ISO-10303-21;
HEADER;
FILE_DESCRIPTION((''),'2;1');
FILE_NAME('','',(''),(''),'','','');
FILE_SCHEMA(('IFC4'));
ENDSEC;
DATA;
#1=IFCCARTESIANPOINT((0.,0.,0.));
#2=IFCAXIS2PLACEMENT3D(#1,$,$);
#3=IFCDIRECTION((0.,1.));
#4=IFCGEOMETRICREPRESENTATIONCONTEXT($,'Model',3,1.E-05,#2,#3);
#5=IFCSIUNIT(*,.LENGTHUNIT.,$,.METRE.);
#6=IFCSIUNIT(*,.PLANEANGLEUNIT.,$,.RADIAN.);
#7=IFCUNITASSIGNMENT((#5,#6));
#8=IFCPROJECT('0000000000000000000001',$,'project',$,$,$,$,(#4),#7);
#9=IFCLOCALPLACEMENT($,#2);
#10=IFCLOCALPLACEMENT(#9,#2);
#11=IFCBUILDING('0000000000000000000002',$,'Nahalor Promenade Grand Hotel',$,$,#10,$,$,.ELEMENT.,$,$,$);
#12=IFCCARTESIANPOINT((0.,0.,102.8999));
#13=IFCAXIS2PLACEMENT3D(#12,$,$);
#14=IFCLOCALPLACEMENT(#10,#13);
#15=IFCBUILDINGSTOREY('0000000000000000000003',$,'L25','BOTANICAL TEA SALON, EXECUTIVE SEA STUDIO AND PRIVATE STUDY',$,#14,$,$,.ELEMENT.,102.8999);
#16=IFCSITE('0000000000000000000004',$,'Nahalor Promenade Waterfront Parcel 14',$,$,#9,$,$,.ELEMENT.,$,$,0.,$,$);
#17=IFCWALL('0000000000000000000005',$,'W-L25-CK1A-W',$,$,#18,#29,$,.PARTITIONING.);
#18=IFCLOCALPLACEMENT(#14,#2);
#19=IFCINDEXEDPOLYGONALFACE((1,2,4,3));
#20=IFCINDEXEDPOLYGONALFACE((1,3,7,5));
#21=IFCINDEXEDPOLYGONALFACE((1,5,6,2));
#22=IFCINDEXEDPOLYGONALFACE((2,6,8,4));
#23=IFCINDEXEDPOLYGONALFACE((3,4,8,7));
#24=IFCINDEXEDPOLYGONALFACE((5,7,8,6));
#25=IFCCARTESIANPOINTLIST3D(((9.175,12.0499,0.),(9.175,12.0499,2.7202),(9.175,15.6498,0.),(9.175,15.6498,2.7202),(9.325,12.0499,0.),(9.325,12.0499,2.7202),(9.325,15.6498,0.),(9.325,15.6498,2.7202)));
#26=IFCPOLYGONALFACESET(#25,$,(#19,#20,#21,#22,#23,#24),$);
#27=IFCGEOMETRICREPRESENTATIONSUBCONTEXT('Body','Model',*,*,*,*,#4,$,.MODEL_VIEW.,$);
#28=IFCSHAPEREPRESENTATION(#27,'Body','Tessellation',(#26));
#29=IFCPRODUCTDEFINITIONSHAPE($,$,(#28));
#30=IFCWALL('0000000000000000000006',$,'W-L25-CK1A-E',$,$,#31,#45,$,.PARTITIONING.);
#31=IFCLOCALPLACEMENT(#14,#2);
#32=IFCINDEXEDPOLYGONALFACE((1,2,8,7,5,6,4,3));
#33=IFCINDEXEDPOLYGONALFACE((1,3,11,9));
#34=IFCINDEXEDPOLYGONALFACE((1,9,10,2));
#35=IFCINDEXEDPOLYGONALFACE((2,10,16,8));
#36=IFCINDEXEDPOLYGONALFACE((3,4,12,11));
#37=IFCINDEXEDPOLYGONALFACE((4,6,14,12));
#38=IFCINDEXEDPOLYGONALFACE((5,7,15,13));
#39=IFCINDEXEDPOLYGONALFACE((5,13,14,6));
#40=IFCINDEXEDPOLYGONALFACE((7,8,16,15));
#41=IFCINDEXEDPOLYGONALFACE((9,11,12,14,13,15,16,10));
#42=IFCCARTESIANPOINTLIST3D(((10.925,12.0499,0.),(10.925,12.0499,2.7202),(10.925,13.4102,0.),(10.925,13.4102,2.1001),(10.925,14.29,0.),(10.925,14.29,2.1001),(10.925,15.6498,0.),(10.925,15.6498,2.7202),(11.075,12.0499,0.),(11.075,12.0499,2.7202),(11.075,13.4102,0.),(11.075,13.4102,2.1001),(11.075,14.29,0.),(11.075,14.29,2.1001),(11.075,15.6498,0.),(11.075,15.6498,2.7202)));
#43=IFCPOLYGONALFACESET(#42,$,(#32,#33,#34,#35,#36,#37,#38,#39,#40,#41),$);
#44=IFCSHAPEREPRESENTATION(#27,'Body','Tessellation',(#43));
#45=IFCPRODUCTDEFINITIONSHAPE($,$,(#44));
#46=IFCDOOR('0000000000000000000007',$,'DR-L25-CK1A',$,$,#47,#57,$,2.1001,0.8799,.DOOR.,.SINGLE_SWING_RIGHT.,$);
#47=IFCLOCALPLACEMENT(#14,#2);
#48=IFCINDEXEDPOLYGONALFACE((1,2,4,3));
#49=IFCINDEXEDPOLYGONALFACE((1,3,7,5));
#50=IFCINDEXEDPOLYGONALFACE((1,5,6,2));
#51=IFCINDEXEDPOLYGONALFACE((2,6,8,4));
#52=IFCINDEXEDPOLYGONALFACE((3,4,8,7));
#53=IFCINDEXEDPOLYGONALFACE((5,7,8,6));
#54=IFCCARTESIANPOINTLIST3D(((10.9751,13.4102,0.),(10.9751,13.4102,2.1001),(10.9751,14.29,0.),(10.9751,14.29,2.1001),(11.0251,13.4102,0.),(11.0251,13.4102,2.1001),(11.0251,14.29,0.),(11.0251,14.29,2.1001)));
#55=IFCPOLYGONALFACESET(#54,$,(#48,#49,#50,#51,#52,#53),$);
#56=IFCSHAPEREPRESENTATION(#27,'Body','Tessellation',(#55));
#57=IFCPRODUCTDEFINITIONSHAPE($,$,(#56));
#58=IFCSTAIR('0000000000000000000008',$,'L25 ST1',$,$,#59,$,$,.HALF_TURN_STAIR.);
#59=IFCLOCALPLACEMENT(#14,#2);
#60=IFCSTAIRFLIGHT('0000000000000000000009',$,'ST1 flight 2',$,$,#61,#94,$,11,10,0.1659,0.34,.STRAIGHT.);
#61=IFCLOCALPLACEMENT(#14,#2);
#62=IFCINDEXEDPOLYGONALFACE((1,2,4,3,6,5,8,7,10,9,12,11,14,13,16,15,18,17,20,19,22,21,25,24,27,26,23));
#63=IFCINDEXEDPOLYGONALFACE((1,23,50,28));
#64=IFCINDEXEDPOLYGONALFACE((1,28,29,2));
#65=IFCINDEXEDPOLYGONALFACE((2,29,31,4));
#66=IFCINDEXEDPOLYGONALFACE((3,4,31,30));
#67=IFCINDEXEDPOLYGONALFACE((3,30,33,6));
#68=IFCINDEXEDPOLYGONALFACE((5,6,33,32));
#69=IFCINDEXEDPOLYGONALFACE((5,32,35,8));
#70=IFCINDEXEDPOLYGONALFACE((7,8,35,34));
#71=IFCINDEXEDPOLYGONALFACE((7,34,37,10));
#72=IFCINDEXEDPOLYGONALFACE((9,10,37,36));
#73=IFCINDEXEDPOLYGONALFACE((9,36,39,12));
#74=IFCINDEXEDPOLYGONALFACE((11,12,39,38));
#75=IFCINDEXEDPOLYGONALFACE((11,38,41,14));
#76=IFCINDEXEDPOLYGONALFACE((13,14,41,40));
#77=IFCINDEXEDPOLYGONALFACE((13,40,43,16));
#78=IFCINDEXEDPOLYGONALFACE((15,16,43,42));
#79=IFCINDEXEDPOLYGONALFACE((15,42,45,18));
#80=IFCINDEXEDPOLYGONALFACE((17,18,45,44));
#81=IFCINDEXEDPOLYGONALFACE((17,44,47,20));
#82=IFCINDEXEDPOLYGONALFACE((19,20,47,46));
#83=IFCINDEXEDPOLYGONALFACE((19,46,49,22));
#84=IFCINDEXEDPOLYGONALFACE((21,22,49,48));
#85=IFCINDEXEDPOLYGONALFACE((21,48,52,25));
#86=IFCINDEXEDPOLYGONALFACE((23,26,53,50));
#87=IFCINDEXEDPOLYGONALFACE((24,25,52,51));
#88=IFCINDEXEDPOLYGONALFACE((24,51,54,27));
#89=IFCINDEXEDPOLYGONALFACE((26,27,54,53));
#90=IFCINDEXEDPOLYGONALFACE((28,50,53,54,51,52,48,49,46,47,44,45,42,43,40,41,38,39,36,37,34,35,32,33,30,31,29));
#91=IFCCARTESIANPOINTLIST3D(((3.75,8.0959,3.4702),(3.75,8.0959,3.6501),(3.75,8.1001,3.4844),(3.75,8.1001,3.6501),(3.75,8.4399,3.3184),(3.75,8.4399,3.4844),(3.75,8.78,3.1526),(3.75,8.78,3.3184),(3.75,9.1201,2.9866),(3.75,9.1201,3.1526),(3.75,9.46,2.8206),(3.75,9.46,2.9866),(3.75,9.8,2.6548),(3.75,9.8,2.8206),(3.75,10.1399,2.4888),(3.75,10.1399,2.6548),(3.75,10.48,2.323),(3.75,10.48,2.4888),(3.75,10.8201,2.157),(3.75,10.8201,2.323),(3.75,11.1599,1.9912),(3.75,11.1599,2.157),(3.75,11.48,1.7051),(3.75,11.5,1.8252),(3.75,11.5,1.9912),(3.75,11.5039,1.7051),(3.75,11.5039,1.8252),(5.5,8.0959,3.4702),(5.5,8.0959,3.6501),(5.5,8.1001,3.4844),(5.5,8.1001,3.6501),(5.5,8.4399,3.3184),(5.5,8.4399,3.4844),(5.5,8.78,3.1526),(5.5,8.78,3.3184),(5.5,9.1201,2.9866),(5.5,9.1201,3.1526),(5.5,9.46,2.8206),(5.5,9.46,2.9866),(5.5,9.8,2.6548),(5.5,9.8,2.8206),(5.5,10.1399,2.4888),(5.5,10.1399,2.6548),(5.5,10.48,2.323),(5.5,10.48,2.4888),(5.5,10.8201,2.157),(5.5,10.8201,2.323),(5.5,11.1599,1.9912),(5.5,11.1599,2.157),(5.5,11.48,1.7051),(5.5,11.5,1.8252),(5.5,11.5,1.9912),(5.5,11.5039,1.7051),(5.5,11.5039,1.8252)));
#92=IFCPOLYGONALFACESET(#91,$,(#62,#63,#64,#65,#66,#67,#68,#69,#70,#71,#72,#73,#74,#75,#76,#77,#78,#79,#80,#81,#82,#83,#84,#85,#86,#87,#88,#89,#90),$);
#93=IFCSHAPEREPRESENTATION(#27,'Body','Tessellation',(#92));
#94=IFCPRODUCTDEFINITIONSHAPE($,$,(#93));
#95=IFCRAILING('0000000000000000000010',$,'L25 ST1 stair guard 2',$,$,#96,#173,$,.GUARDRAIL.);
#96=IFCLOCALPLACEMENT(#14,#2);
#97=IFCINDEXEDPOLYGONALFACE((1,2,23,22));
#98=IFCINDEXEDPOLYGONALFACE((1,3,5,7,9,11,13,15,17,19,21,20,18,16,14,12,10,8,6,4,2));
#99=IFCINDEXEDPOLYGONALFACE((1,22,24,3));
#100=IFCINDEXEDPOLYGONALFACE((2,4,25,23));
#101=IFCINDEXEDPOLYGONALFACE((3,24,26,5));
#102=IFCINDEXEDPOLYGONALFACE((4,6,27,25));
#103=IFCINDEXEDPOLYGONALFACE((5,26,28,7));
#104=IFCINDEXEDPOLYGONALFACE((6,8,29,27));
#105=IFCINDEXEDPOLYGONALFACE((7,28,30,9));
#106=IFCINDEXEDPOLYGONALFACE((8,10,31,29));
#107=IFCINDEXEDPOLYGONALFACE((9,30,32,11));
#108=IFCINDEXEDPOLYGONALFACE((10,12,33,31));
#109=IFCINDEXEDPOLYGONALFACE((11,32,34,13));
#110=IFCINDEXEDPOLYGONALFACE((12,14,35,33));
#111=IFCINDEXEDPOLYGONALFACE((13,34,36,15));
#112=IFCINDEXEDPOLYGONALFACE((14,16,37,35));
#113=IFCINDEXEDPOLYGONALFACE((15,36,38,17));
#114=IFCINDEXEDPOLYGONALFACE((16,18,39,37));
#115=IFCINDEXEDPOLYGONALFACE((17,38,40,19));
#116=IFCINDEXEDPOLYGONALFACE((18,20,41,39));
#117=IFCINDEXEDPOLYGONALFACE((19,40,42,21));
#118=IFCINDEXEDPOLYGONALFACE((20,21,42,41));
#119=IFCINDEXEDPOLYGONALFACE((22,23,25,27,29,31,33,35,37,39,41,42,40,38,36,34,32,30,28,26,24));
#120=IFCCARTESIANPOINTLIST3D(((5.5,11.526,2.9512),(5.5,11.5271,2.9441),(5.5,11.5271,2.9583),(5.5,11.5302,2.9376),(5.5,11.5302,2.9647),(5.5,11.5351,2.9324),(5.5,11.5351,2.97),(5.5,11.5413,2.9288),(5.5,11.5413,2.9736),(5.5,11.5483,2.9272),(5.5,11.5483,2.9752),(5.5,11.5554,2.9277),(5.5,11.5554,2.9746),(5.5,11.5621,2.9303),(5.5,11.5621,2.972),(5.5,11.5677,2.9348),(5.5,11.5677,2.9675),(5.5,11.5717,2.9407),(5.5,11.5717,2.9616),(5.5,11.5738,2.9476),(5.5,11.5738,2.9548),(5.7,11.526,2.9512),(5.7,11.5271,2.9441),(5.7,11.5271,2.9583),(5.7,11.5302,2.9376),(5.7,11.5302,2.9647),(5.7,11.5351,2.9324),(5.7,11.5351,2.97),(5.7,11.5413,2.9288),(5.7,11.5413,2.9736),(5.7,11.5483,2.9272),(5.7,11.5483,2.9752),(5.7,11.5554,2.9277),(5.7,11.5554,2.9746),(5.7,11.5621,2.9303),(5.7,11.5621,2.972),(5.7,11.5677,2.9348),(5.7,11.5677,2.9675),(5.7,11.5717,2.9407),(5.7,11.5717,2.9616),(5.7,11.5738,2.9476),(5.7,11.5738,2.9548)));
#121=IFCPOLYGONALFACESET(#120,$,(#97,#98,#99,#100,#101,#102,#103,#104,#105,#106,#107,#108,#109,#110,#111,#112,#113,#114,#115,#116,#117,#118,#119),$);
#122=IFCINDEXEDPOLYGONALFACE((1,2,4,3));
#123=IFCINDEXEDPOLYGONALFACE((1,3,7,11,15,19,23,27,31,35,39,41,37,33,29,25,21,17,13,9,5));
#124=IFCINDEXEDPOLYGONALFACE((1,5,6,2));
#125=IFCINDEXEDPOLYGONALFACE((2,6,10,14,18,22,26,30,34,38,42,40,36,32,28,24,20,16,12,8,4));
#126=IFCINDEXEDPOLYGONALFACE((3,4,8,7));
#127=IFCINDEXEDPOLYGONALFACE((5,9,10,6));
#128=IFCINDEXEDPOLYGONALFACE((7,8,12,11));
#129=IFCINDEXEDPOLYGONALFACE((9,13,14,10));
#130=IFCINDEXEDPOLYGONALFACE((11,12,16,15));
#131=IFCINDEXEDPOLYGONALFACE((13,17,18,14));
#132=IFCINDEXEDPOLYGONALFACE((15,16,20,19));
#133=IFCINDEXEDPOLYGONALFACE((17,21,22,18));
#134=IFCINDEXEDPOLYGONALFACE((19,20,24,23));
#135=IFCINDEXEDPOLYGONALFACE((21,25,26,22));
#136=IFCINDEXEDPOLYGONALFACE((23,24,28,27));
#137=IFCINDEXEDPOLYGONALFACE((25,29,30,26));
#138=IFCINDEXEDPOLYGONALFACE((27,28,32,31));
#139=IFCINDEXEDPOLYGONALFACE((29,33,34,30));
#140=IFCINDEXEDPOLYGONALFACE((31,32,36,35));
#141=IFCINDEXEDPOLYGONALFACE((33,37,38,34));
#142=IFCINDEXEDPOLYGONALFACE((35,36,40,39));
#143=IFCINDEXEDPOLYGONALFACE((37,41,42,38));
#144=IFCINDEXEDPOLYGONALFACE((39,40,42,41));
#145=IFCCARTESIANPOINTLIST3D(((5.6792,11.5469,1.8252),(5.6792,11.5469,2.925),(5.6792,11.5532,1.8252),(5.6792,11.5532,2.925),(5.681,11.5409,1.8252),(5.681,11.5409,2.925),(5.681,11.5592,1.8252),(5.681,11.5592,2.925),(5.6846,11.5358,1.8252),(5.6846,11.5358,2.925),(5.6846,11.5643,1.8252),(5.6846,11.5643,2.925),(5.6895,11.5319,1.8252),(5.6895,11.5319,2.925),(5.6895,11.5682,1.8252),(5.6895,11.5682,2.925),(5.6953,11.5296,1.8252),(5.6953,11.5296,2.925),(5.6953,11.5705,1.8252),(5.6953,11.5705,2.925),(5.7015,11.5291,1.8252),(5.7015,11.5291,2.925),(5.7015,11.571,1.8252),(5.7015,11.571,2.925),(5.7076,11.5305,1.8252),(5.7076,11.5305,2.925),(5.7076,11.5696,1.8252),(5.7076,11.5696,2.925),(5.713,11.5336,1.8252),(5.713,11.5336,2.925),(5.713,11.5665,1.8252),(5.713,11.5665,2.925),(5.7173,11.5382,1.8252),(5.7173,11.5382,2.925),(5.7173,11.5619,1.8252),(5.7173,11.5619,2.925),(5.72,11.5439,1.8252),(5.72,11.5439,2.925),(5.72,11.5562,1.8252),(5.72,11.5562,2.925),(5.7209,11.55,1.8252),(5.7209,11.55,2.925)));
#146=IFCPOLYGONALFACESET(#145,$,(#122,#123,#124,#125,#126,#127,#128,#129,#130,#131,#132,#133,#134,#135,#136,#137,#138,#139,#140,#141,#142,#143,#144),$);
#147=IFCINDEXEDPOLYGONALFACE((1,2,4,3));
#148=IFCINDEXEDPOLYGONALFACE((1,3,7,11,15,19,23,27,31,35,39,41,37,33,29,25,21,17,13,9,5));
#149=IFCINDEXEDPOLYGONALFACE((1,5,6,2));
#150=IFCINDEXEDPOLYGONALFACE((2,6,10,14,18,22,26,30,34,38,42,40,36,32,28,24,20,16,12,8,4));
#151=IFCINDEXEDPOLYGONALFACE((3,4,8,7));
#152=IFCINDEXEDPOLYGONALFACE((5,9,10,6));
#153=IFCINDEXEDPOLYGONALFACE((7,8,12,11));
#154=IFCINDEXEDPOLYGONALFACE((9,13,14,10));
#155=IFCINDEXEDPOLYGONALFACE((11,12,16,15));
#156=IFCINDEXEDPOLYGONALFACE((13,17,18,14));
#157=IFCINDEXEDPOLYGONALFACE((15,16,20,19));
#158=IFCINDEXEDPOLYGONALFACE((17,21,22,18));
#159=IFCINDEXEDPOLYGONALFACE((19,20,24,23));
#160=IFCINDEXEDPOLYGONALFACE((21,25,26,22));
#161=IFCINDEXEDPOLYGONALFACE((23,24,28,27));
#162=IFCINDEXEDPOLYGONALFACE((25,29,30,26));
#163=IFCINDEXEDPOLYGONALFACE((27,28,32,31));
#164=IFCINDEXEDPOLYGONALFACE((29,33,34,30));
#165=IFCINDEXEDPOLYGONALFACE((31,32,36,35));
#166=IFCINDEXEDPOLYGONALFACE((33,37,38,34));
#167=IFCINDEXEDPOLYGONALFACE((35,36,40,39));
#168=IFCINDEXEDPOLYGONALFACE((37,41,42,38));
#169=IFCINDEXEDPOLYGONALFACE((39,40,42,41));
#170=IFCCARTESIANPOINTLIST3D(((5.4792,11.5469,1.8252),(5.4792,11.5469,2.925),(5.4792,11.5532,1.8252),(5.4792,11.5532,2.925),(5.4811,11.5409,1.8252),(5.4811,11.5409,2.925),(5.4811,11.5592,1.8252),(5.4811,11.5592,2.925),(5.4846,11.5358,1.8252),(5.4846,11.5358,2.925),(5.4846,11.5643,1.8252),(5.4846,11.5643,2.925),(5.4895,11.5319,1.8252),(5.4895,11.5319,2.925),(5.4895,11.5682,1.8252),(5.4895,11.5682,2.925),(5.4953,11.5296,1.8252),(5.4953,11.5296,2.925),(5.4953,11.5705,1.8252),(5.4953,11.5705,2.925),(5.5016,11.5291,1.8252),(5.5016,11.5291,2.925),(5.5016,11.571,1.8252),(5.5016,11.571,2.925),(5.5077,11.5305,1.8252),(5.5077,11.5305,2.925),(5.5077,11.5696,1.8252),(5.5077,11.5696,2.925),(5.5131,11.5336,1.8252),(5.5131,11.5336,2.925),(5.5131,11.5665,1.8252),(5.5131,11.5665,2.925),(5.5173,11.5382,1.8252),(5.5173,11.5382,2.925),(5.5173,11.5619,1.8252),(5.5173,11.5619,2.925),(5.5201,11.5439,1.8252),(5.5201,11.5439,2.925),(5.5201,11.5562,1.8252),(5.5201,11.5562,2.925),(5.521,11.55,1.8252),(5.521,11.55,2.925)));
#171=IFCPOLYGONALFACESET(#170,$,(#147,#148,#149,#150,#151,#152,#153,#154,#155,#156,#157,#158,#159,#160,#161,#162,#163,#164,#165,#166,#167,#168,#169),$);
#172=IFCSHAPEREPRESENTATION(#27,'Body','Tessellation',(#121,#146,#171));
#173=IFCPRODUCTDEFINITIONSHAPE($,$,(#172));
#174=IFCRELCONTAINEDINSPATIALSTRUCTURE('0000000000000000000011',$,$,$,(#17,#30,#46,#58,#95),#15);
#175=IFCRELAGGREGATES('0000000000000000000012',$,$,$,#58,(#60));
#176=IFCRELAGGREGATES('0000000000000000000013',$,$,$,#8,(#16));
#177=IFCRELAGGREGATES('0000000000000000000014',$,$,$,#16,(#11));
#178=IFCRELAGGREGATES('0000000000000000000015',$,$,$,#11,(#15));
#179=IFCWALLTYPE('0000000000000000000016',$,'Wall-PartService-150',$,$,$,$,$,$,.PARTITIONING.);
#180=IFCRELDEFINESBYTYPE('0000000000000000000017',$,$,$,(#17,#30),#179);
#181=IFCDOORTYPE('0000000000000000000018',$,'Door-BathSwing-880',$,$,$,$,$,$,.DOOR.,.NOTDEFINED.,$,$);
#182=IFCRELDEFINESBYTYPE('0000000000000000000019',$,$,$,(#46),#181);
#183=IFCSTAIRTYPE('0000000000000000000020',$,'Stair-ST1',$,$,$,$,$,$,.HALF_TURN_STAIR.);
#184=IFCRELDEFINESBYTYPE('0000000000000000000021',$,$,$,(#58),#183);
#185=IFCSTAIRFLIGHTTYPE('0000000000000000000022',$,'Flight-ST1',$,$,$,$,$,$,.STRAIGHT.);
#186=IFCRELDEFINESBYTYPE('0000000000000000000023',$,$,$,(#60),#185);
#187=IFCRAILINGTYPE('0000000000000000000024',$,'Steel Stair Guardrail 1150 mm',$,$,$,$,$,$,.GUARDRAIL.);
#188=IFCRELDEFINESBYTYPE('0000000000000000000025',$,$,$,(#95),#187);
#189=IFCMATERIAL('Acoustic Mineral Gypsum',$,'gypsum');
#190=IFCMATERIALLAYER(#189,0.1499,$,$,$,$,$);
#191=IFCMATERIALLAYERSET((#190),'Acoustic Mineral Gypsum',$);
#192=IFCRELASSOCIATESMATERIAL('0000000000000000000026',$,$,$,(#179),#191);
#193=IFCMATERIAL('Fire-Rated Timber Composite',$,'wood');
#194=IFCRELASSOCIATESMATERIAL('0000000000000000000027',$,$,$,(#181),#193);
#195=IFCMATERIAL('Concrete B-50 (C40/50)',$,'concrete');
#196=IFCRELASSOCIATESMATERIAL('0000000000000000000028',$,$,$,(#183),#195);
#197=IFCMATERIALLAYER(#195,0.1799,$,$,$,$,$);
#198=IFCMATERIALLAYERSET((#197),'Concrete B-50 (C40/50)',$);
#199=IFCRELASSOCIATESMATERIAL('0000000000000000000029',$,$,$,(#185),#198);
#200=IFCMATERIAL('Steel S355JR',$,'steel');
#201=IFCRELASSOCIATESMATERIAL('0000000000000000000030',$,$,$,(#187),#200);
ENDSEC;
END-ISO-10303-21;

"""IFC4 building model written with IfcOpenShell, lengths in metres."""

from ifc_helpers import new_model, si_unit, direction, frame, frame_2d, origin, origin_2d, place, context, subcontext, project, spatial, polyline, rectangle, circle, outline, extrude, source, transform, mapped, material, layer, layer_set, type_object, element, fill, aggregate, save


model = new_model("IFC4")

# Units and contexts
model_context = context("Model", 3, precision=1e-05, world=origin(), true_north=direction((0.0, 1.0)))
body_context = subcontext(model_context, "Body", "Model", "MODEL_VIEW")
ifc_project = project(units=[si_unit("LENGTHUNIT", "METRE"), si_unit("PLANEANGLEUNIT", "RADIAN")], contexts=[model_context])

# Site, building, storey
site_placement = place(None, origin())
site = spatial("IfcSite", under=ifc_project, at=site_placement, Name="Nahalor Promenade Waterfront Parcel 14", CompositionType="ELEMENT", RefElevation=0.0)
building_placement = place(site_placement, origin())
building = spatial("IfcBuilding", under=site, at=building_placement, Name="Nahalor Promenade Grand Hotel", CompositionType="ELEMENT")
storey_placement = place(building_placement, frame((0.0, 0.0, 102.8999)))
storey = spatial("IfcBuildingStorey", under=building, at=storey_placement, Name="L25", Description="BOTANICAL TEA SALON, EXECUTIVE SEA STUDIO AND PRIVATE STUDY", CompositionType="ELEMENT", Elevation=102.8999)

# Shared definitions
ifc_material_1 = material(Name="Steel S355JR", Category="steel")

# Shared definitions
ifc_material_2 = material(Name="Concrete B-50 (C40/50)", Category="concrete")

# Wall
ifc_material_3 = material(Name="Acoustic Mineral Gypsum", Category="gypsum")
ifc_layer_1 = layer(ifc_material_3, 0.1499)
ifc_layer_set_1 = layer_set([ifc_layer_1], Name="Acoustic Mineral Gypsum")
wall_type_1 = type_object("IfcWallType", Name="Wall-PartService-150", PredefinedType="PARTITIONING", material=ifc_layer_set_1)
shared_shape_1 = source(origin(), body_context, "Body", "SweptSolid", [
    extrude(rectangle(XDim=3.5999, YDim=0.1499, at=frame_2d((1.7998, 0.0))), origin(), (0.0, 0.0, 1.0), 2.7202),
])
wall_1_placement = place(storey_placement, frame((9.25, 12.05, 0.0), z_axis=(0.0, 0.0, 1.0), x_axis=(0.0, 1.0, 0.0)))
element("IfcWall", 1, at=wall_1_placement, inside=storey, type_object=wall_type_1, Name="W-L25-CK1A-W", PredefinedType="PARTITIONING", context=body_context, shape_type="MappedRepresentation", body=[
    mapped(shared_shape_1, transform((0.0, 0.0, 0.0), scale=1.0)),
])

# Wall, opening, door
wall_2_placement = place(storey_placement, frame((11.0, 12.05, 0.0), z_axis=(0.0, 0.0, 1.0), x_axis=(0.0, 1.0, 0.0)))
wall_2 = element("IfcWall", 2, at=wall_2_placement, inside=storey, type_object=wall_type_1, Name="W-L25-CK1A-E", PredefinedType="PARTITIONING", context=body_context, shape_type="MappedRepresentation", body=[
    mapped(shared_shape_1, transform((0.0, 0.0, 0.0), scale=1.0)),
])
opening_1_placement = place(wall_2_placement, frame((1.3601, 0.0, 0.0)))
opening_1 = element("IfcOpeningElement", 3, at=opening_1_placement, cuts=wall_2, PredefinedType="OPENING", context=body_context, shape_type="SweptSolid", body=[
    extrude(rectangle(XDim=0.8799, YDim=2.1001, at=frame_2d((0.4399, 1.05))), frame((0.0, 0.085, 0.0), z_axis=(0.0, -1.0, 0.0), x_axis=(1.0, 0.0, 0.0)), (0.0, 0.0, 1.0), 0.1699),
])
ifc_material_4 = material(Name="Fire-Rated Timber Composite", Category="wood")
door_type_1 = type_object("IfcDoorType", Name="Door-BathSwing-880", OperationType="NOTDEFINED", PredefinedType="DOOR", material=ifc_material_4)
shared_shape_2 = source(origin(), body_context, "Body", "SweptSolid", [
    extrude(rectangle(XDim=0.8799, YDim=2.1001, at=frame_2d((0.4399, 1.05))), frame((0.0, 0.0249, 0.0), z_axis=(0.0, -1.0, 0.0), x_axis=(1.0, 0.0, 0.0)), (0.0, 0.0, 1.0), 0.05),
])
door_1_placement = place(opening_1_placement, origin())
door_1 = element("IfcDoor", 4, at=door_1_placement, inside=storey, type_object=door_type_1, Name="DR-L25-CK1A", OperationType="SINGLE_SWING_RIGHT", OverallHeight=2.1001, OverallWidth=0.8799, PredefinedType="DOOR", context=body_context, shape_type="MappedRepresentation", body=[
    mapped(shared_shape_2, transform((0.0, 0.0, 0.0), scale=1.0)),
])
fill(opening_1, door_1)

# Stair, stair flight
stair_type = type_object("IfcStairType", Name="Stair-ST1", PredefinedType="HALF_TURN_STAIR", material=ifc_material_2)
stair_placement = place(storey_placement, origin())
stair = element("IfcStair", 5, at=stair_placement, inside=storey, type_object=stair_type, Name="L25 ST1", PredefinedType="HALF_TURN_STAIR")
ifc_layer_2 = layer(ifc_material_2, 0.1799)
ifc_layer_set_2 = layer_set([ifc_layer_2], Name="Concrete B-50 (C40/50)")
stair_flight_type = type_object("IfcStairFlightType", Name="Flight-ST1", PredefinedType="STRAIGHT", material=ifc_layer_set_2)
shared_shape_3 = source(origin(), body_context, "Body", "SweptSolid", [
    extrude(outline(polyline([(-0.0039, -0.1201), (-0.0039, 0.0), (0.0, 0.0), (0.0, 0.166), (0.3401, 0.166), (0.3401, 0.3318), (0.6799, 0.3318), (0.6799, 0.4978), (1.02, 0.4978), (1.02, 0.6636), (1.3601, 0.6636), (1.3601, 0.8296), (1.7, 0.8296), (1.7, 0.9954), (2.04, 0.9954), (2.04, 1.1614), (2.3799, 1.1614), (2.3799, 1.3274), (2.72, 1.3274), (2.72, 1.4932), (3.0601, 1.4932), (3.0601, 1.6592), (3.3999, 1.6592), (3.3999, 1.825), (3.4041, 1.825), (3.4041, 1.645), (0.02, -0.1201), (-0.0039, -0.1201)])), frame((0.0, 0.875, 0.0), z_axis=(0.0, -1.0, 0.0), x_axis=(1.0, 0.0, 0.0)), (0.0, 0.0, 1.0), 1.75),
])
stair_flight_placement = place(storey_placement, frame((4.625, 11.5, 1.8252), z_axis=(0.0, 0.0, 1.0), x_axis=(0.0, -1.0, 0.0)))
stair_flight = element("IfcStairFlight", 6, at=stair_flight_placement, type_object=stair_flight_type, Name="ST1 flight 2", NumberOfRisers=11, NumberOfTreads=10, PredefinedType="STRAIGHT", RiserHeight=0.1659, TreadLength=0.34, context=body_context, shape_type="MappedRepresentation", body=[
    mapped(shared_shape_3, transform((0.0, 0.0, 0.0), scale=1.0)),
])
aggregate(stair, [stair_flight])

# Railing
railing_type = type_object("IfcRailingType", Name="Steel Stair Guardrail 1150 mm", PredefinedType="GUARDRAIL", material=ifc_material_1)
railing_1_placement = place(storey_placement, frame((5.7, 11.55, 1.8252)))
element("IfcRailing", 7, at=railing_1_placement, inside=storey, type_object=railing_type, Name="L25 ST1 stair guard 2", PredefinedType="GUARDRAIL", context=body_context, shape_type="SweptSolid", body=[
    extrude(circle(Radius=0.024, at=origin_2d()), frame((0.0, 0.0, 1.126), z_axis=(-1.0, 0.0, 0.0), x_axis=(0.0, -1.0, 0.0)), (0.0, 0.0, 1.0), 0.2),
    extrude(circle(Radius=0.021, at=origin_2d()), origin(), (0.0, 0.0, 1.0), 1.0999),
    extrude(circle(Radius=0.021, at=origin_2d()), frame((-0.2, 0.0, 0.0)), (0.0, 0.0, 1.0), 1.0999),
])

save(model, "model.ifc")
